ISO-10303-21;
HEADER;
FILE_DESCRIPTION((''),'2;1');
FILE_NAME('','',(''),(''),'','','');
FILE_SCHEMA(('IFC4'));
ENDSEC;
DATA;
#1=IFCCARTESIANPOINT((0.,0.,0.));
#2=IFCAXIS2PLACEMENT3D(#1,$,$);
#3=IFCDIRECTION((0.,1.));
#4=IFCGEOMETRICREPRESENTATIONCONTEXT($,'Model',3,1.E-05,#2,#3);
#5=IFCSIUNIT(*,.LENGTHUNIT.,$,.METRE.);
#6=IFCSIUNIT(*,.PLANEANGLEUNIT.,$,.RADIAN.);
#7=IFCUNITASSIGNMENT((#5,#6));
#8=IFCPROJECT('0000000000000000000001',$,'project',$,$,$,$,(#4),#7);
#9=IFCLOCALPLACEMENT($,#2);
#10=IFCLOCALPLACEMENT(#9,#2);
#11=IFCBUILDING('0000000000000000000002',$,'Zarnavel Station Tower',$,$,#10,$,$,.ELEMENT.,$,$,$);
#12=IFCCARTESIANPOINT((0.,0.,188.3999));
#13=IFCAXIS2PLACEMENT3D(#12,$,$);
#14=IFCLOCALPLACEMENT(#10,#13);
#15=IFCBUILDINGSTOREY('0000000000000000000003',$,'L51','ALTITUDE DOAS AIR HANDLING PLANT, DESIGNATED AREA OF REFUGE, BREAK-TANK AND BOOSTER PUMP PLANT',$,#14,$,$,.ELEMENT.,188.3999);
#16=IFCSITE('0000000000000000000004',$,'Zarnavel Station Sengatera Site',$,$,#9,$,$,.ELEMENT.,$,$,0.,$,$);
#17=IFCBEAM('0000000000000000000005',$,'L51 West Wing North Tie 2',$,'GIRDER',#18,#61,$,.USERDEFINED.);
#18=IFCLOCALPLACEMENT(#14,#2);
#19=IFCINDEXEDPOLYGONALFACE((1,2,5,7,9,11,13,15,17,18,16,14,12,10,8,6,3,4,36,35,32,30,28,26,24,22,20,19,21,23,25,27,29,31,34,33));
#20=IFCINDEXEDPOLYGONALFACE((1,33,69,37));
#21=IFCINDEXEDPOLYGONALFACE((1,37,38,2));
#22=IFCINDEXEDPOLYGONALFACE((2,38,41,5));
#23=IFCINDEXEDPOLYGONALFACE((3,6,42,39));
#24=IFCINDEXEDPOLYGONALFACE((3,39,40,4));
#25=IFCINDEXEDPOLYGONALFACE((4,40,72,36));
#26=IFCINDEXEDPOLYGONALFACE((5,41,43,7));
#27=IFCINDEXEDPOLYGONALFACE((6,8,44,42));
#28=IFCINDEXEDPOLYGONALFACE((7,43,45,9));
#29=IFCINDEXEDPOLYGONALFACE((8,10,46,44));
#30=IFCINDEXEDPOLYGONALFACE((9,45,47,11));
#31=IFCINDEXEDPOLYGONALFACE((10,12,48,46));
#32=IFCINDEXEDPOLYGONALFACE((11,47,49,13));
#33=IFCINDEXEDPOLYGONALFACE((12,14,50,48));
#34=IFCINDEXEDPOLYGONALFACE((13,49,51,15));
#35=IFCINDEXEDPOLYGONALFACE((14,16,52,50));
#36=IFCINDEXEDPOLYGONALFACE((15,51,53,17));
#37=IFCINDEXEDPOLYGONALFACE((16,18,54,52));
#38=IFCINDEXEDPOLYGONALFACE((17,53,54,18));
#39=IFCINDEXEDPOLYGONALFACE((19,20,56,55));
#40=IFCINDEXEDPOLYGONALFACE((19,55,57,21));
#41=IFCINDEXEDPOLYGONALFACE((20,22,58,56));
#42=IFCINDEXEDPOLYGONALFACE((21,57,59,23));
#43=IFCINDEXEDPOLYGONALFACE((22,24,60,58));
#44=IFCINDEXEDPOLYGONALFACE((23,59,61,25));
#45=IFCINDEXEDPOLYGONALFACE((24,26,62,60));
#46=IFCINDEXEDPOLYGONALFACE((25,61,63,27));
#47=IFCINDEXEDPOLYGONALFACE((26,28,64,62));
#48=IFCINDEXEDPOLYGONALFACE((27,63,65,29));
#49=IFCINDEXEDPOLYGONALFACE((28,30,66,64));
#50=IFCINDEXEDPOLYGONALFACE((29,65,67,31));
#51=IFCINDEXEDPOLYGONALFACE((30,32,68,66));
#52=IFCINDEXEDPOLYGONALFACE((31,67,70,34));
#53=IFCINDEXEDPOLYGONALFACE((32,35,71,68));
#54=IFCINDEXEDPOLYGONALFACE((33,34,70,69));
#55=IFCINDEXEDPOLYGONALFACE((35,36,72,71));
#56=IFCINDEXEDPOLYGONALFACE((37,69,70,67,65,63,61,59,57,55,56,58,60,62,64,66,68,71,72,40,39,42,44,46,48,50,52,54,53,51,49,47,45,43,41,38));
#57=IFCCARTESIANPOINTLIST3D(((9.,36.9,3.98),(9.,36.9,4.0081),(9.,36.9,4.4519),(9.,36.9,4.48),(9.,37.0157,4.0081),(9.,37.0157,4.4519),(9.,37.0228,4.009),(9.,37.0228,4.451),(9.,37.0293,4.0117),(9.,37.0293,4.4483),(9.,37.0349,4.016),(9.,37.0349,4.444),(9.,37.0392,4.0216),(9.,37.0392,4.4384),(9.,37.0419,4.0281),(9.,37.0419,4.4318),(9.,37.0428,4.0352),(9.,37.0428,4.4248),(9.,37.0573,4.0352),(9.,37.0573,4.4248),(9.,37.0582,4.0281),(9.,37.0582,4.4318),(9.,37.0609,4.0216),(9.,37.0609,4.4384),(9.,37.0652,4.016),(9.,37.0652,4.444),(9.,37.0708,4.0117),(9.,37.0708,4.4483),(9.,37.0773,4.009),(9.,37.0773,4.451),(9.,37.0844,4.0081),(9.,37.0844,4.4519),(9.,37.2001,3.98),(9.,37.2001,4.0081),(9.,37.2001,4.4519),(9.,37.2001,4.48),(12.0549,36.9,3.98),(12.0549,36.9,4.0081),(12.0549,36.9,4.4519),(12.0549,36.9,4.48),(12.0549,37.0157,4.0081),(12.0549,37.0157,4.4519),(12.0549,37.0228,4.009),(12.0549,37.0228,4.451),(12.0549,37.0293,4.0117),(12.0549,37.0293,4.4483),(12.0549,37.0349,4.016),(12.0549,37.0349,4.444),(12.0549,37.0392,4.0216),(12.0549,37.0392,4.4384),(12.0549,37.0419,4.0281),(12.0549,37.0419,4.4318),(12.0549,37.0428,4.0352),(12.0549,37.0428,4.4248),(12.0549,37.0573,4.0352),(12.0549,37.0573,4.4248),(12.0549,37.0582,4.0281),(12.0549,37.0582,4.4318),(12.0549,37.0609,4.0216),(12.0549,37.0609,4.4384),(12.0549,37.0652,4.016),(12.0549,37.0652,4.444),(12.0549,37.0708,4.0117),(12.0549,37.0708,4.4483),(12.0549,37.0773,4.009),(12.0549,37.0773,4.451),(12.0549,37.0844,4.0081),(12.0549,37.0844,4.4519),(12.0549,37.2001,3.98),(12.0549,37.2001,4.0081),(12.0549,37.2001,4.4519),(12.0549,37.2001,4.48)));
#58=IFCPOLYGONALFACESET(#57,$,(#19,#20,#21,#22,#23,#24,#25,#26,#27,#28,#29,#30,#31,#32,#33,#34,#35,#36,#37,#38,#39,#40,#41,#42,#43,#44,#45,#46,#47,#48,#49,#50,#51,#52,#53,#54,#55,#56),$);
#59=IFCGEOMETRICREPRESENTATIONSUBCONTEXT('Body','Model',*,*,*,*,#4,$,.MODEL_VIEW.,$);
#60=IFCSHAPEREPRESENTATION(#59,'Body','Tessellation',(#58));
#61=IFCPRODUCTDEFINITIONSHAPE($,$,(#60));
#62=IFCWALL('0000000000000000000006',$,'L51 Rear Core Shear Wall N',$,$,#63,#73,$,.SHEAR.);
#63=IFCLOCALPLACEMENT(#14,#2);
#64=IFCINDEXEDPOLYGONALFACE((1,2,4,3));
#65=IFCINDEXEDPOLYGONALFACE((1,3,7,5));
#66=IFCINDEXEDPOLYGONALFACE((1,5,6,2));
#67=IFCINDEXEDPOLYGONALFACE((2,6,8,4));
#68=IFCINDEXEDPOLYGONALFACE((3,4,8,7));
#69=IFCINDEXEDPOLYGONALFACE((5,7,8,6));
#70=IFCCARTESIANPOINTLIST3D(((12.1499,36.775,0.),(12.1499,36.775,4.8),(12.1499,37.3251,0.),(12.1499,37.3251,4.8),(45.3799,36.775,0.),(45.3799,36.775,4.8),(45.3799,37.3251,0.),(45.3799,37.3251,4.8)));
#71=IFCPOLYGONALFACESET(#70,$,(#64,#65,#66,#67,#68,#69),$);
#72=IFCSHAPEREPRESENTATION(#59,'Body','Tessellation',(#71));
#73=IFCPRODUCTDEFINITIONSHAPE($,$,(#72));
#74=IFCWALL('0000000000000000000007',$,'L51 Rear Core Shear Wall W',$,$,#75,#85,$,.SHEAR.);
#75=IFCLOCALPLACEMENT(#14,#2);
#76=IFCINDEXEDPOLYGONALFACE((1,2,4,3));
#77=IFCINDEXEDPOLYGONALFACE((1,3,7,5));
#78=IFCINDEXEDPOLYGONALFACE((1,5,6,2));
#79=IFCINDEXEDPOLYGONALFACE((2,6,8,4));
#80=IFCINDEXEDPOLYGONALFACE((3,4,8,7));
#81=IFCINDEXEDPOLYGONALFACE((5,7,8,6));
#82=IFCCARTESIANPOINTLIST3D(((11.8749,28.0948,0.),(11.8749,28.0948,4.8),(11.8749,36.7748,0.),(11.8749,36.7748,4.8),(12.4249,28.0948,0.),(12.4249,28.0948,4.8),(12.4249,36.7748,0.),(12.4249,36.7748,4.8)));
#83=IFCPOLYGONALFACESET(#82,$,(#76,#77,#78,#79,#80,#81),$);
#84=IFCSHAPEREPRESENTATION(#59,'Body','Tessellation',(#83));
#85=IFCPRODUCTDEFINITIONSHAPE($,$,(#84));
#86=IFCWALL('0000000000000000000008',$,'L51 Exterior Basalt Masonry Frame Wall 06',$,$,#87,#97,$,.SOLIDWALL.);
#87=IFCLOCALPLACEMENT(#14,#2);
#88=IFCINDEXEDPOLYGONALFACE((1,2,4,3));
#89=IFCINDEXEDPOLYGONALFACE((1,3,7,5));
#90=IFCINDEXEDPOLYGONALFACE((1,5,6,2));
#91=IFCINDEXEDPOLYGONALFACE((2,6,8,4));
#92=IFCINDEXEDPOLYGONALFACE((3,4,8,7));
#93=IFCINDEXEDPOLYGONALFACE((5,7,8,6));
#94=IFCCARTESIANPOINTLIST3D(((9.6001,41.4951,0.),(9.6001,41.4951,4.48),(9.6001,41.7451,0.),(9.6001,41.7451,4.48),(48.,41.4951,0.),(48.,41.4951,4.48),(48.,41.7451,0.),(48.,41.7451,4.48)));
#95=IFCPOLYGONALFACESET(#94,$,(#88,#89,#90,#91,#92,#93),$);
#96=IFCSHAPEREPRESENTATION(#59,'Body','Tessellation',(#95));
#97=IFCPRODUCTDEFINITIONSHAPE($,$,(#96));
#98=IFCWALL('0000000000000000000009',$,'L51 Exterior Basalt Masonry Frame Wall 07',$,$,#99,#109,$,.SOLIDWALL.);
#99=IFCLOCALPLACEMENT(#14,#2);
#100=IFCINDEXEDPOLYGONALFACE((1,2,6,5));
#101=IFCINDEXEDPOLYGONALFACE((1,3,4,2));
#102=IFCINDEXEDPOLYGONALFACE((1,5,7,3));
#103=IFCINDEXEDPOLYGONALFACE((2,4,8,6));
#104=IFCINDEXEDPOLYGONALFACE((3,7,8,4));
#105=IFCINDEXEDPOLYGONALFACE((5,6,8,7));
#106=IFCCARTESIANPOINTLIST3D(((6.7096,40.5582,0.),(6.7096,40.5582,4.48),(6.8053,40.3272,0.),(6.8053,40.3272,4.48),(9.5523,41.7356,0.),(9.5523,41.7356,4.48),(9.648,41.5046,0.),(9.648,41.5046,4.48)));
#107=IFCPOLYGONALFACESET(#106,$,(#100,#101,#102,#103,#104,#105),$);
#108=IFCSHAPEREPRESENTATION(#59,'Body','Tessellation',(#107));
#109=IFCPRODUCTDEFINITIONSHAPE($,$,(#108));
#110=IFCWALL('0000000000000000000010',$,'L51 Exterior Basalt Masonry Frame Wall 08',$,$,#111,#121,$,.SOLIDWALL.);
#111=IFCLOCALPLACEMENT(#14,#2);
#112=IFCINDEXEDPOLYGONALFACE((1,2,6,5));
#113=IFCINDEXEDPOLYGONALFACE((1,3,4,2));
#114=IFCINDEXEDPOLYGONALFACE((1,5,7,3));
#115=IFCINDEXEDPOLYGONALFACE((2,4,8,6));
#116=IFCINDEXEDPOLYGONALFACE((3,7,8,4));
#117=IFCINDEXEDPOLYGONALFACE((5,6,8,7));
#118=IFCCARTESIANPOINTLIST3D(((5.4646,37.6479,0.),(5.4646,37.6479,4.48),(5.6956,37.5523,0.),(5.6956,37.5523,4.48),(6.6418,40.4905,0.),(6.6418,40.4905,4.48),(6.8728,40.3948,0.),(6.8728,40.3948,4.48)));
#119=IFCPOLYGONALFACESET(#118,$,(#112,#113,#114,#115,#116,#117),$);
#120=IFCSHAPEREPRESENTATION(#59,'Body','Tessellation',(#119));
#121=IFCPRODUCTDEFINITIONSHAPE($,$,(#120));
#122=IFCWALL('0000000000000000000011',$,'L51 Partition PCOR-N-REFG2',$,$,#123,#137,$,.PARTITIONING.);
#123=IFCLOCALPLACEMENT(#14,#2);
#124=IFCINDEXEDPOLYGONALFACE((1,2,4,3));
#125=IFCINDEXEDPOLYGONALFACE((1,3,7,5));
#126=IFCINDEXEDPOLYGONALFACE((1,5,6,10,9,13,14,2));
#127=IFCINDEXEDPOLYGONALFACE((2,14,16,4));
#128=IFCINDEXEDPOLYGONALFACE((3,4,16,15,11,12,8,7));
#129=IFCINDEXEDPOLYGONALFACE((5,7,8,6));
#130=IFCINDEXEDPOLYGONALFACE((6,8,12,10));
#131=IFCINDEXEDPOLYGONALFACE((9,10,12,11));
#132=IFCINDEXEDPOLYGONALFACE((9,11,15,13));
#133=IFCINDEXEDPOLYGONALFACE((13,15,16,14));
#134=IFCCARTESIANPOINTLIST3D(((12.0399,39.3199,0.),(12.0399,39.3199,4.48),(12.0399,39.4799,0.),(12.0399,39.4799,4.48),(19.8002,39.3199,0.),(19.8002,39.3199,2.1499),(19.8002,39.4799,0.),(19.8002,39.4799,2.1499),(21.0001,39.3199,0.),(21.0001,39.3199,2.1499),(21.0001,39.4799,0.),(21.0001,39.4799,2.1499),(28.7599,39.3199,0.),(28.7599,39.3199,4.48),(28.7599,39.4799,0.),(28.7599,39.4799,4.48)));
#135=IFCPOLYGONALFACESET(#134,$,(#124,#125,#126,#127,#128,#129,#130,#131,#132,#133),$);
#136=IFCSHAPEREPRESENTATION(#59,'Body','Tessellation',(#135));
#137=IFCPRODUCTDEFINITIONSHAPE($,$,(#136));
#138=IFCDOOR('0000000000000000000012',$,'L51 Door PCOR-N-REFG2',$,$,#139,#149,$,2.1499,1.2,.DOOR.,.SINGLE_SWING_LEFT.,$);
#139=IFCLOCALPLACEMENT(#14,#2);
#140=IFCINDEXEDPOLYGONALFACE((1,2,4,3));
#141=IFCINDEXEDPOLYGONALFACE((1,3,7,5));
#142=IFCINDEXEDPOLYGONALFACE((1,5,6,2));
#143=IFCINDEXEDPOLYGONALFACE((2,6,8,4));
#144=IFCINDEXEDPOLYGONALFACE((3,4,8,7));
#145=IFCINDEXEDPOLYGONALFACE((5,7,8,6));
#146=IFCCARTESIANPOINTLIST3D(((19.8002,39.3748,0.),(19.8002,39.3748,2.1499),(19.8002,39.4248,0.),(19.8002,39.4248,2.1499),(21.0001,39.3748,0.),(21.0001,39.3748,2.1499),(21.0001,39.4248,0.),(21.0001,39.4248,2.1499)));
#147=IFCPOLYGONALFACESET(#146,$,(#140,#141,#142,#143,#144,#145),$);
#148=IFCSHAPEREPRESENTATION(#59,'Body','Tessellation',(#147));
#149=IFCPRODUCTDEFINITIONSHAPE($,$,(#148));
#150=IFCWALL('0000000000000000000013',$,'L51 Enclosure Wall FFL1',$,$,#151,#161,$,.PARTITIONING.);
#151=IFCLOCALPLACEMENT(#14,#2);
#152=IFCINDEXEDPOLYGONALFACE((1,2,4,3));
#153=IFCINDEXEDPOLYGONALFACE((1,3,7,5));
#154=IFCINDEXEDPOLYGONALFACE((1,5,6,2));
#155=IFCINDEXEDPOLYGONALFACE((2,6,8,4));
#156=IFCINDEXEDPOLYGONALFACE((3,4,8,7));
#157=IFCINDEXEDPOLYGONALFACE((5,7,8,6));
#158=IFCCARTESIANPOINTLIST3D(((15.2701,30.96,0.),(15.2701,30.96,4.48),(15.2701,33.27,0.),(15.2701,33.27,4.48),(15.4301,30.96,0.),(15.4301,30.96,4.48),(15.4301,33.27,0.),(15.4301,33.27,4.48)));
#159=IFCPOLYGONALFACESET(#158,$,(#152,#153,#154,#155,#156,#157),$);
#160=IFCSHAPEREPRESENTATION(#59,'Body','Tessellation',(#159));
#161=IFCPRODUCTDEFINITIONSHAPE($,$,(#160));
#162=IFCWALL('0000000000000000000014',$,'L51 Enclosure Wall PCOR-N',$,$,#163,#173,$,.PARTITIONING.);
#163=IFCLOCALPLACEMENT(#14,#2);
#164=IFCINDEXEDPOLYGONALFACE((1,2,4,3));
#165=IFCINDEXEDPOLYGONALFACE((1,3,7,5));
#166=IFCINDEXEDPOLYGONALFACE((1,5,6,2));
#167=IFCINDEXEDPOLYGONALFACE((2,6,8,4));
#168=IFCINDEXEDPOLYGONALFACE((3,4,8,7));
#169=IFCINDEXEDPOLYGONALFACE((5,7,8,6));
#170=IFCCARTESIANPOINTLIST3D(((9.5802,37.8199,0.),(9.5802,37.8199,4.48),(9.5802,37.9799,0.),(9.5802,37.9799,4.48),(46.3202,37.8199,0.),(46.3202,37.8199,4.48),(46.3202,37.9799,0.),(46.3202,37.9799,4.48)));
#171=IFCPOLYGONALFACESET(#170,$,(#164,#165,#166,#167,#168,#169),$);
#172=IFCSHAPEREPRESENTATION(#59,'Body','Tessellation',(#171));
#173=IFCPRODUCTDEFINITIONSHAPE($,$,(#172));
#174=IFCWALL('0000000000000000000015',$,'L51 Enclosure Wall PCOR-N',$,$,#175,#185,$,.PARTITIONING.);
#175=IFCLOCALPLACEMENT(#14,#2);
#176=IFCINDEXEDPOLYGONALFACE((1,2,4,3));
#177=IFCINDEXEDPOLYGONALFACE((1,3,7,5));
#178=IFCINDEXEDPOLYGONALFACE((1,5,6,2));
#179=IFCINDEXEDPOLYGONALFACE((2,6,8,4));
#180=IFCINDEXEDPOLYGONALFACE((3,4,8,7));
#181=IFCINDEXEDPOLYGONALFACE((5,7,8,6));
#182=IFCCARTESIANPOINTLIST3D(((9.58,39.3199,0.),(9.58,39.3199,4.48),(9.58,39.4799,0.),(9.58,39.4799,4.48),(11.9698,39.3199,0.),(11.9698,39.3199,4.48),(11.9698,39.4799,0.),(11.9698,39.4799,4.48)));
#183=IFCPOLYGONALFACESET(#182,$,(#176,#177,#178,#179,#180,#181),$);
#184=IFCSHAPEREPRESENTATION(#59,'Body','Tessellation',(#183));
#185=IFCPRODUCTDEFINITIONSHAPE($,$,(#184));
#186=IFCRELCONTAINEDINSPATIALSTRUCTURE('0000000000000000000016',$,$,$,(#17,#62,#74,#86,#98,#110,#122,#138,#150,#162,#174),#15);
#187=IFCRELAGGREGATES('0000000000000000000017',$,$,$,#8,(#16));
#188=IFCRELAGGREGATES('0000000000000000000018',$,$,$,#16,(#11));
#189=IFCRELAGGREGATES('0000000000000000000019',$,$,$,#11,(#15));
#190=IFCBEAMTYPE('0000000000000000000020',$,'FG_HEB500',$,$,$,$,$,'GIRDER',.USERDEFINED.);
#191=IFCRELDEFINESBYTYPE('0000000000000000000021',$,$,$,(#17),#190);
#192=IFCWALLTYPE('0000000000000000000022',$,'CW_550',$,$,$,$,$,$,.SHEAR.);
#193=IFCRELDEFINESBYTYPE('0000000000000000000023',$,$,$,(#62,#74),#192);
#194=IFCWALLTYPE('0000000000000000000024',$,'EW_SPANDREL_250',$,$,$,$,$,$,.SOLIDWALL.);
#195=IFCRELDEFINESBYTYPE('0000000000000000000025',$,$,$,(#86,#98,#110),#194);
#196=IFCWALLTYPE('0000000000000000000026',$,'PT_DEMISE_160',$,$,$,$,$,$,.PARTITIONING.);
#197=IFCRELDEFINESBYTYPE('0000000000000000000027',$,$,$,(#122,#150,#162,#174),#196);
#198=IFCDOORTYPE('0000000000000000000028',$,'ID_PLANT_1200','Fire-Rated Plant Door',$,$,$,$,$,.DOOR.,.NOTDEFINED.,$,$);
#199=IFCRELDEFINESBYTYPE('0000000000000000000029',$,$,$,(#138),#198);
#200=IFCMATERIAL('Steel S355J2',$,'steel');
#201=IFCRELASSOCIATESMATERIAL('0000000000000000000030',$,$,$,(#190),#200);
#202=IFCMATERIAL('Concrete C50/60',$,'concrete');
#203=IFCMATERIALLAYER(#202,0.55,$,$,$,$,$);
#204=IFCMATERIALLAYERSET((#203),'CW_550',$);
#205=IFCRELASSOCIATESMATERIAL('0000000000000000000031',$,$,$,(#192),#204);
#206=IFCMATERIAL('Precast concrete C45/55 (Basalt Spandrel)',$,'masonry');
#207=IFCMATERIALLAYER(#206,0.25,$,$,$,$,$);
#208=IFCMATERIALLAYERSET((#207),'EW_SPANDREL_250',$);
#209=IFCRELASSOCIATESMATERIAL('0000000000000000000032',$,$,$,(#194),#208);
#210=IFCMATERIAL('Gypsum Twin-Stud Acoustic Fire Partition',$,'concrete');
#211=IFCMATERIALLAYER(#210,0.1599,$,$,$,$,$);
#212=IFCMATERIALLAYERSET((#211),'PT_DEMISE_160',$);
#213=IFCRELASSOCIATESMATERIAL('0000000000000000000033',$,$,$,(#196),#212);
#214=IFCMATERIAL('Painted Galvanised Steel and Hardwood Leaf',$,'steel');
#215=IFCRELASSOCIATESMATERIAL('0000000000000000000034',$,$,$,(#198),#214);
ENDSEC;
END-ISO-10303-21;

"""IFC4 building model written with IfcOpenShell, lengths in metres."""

from ifc_helpers import new_model, si_unit, direction, frame, frame_2d, origin, origin_2d, place, context, subcontext, project, spatial, rectangle, i_section, extrude, material, layer, layer_set, material_profile, profile_set, type_object, element, fill, save


model = new_model("IFC4")

# Units and contexts
model_context = context("Model", 3, precision=1e-05, world=origin(), true_north=direction((0.0, 1.0)))
body_context = subcontext(model_context, "Body", "Model", "MODEL_VIEW")
ifc_project = project(units=[si_unit("LENGTHUNIT", "METRE"), si_unit("PLANEANGLEUNIT", "RADIAN")], contexts=[model_context])

# Site, building, storey
site_placement = place(None, origin())
site = spatial("IfcSite", under=ifc_project, at=site_placement, Name="Zarnavel Station Sengatera Site", CompositionType="ELEMENT", RefElevation=0.0)
building_placement = place(site_placement, origin())
building = spatial("IfcBuilding", under=site, at=building_placement, Name="Zarnavel Station Tower", CompositionType="ELEMENT")
storey_placement = place(building_placement, frame((0.0, 0.0, 188.3999)))
storey = spatial("IfcBuildingStorey", under=building, at=storey_placement, Name="L51", Description="ALTITUDE DOAS AIR HANDLING PLANT, DESIGNATED AREA OF REFUGE, BREAK-TANK AND BOOSTER PUMP PLANT", CompositionType="ELEMENT", Elevation=188.3999)

# Beam
ifc_material_1 = material(Name="Steel S355J2", Category="steel")
ifc_material_profile_1 = material_profile(ifc_material_1, i_section(OverallWidth=0.3, OverallDepth=0.5, WebThickness=0.0144, FlangeThickness=0.0281, FilletRadius=0.0271, at=origin_2d()), Name="HEB500")
ifc_profile_set_1 = profile_set([ifc_material_profile_1], Name="Steel S355J2")
beam_type = type_object("IfcBeamType", Name="FG_HEB500", ElementType="GIRDER", PredefinedType="USERDEFINED", material=ifc_profile_set_1)
beam_1_placement = place(storey_placement, frame((9.0, 37.05, 4.23), z_axis=(1.0, 0.0, 0.0), x_axis=(0.0, 1.0, 0.0)))
element("IfcBeam", 1, at=beam_1_placement, inside=storey, type_object=beam_type, Name="L51 West Wing North Tie 2", ObjectType="GIRDER", PredefinedType="USERDEFINED", context=body_context, shape_type="SweptSolid", body=[
    extrude(i_section(OverallWidth=0.3, OverallDepth=0.5, WebThickness=0.0144, FlangeThickness=0.0281, FilletRadius=0.0271, at=origin_2d()), origin(), (0.0, 0.0, 1.0), 3.0549),
])

# Walls
ifc_material_2 = material(Name="Concrete C50/60", Category="concrete")
ifc_layer_1 = layer(ifc_material_2, 0.55)
ifc_layer_set_1 = layer_set([ifc_layer_1], Name="CW_550")
wall_type_1 = type_object("IfcWallType", Name="CW_550", PredefinedType="SHEAR", material=ifc_layer_set_1)
wall_1_placement = place(storey_placement, frame((12.1499, 37.05, 0.0), z_axis=(0.0, 0.0, 1.0), x_axis=(1.0, 0.0, 0.0)))
element("IfcWall", 2, at=wall_1_placement, inside=storey, type_object=wall_type_1, Name="L51 Rear Core Shear Wall N", PredefinedType="SHEAR", context=body_context, shape_type="SweptSolid", body=[
    extrude(rectangle(XDim=33.23, YDim=0.55, at=frame_2d((16.615, 0.0))), origin(), (0.0, 0.0, 1.0), 4.8),
])
wall_2_placement = place(storey_placement, frame((12.1499, 28.095, 0.0), z_axis=(0.0, 0.0, 1.0), x_axis=(0.0, 1.0, 0.0)))
element("IfcWall", 3, at=wall_2_placement, inside=storey, type_object=wall_type_1, Name="L51 Rear Core Shear Wall W", PredefinedType="SHEAR", context=body_context, shape_type="SweptSolid", body=[
    extrude(rectangle(XDim=8.6799, YDim=0.55, at=frame_2d((4.3398, 0.0))), origin(), (0.0, 0.0, 1.0), 4.8),
])
ifc_material_3 = material(Name="Precast concrete C45/55 (Basalt Spandrel)", Category="masonry")
ifc_layer_2 = layer(ifc_material_3, 0.25)
ifc_layer_set_2 = layer_set([ifc_layer_2], Name="EW_SPANDREL_250")
wall_type_2 = type_object("IfcWallType", Name="EW_SPANDREL_250", PredefinedType="SOLIDWALL", material=ifc_layer_set_2)
wall_3_placement = place(storey_placement, frame((9.6001, 41.6201, 0.0), z_axis=(0.0, 0.0, 1.0), x_axis=(1.0, 0.0, 0.0)))
element("IfcWall", 4, at=wall_3_placement, inside=storey, type_object=wall_type_2, Name="L51 Exterior Basalt Masonry Frame Wall 06", PredefinedType="SOLIDWALL", context=body_context, shape_type="SweptSolid", body=[
    extrude(rectangle(XDim=38.3999, YDim=0.25, at=frame_2d((19.2, 0.0))), origin(), (0.0, 0.0, 1.0), 4.48),
])
wall_4_placement = place(storey_placement, frame((6.7573, 40.4426, 0.0), z_axis=(0.0, 0.0, 1.0), x_axis=(0.923882, 0.382676, 0.0)))
element("IfcWall", 5, at=wall_4_placement, inside=storey, type_object=wall_type_2, Name="L51 Exterior Basalt Masonry Frame Wall 07", PredefinedType="SOLIDWALL", context=body_context, shape_type="SweptSolid", body=[
    extrude(rectangle(XDim=3.0769, YDim=0.25, at=frame_2d((1.5386, 0.0))), origin(), (0.0, 0.0, 1.0), 4.48),
])
wall_5_placement = place(storey_placement, frame((5.5801, 37.6001, 0.0), z_axis=(0.0, 0.0, 1.0), x_axis=(0.382637, 0.923899, 0.0)))
element("IfcWall", 6, at=wall_5_placement, inside=storey, type_object=wall_type_2, Name="L51 Exterior Basalt Masonry Frame Wall 08", PredefinedType="SOLIDWALL", context=body_context, shape_type="SweptSolid", body=[
    extrude(rectangle(XDim=3.0767, YDim=0.25, at=frame_2d((1.5383, 0.0))), origin(), (0.0, 0.0, 1.0), 4.48),
])

# Wall, opening, door
ifc_material_4 = material(Name="Gypsum Twin-Stud Acoustic Fire Partition", Category="concrete")
ifc_layer_3 = layer(ifc_material_4, 0.1599)
ifc_layer_set_3 = layer_set([ifc_layer_3], Name="PT_DEMISE_160")
wall_type_3 = type_object("IfcWallType", Name="PT_DEMISE_160", PredefinedType="PARTITIONING", material=ifc_layer_set_3)
wall_6_placement = place(storey_placement, frame((12.04, 39.3999, 0.0), z_axis=(0.0, 0.0, 1.0), x_axis=(1.0, 0.0, 0.0)))
wall_6 = element("IfcWall", 7, at=wall_6_placement, inside=storey, type_object=wall_type_3, Name="L51 Partition PCOR-N-REFG2", PredefinedType="PARTITIONING", context=body_context, shape_type="SweptSolid", body=[
    extrude(rectangle(XDim=16.72, YDim=0.1599, at=frame_2d((8.3599, 0.0))), origin(), (0.0, 0.0, 1.0), 4.48),
])
opening_1_placement = place(wall_6_placement, frame((7.76, 0.0, 0.0)))
opening_1 = element("IfcOpeningElement", 8, at=opening_1_placement, cuts=wall_6, PredefinedType="OPENING", context=body_context, shape_type="SweptSolid", body=[
    extrude(rectangle(XDim=1.2, YDim=2.1499, at=frame_2d((0.6001, 1.075))), frame((0.0, 0.0898, 0.0), z_axis=(0.0, -1.0, 0.0), x_axis=(1.0, 0.0, 0.0)), (0.0, 0.0, 1.0), 0.1799),
])
ifc_material_5 = material(Name="Painted Galvanised Steel and Hardwood Leaf", Category="steel")
door_type_1 = type_object("IfcDoorType", Name="ID_PLANT_1200", Description="Fire-Rated Plant Door", OperationType="NOTDEFINED", PredefinedType="DOOR", material=ifc_material_5)
door_1_placement = place(opening_1_placement, origin())
door_1 = element("IfcDoor", 9, at=door_1_placement, inside=storey, type_object=door_type_1, Name="L51 Door PCOR-N-REFG2", OperationType="SINGLE_SWING_LEFT", OverallHeight=2.1499, OverallWidth=1.2, PredefinedType="DOOR", context=body_context, shape_type="SweptSolid", body=[
    extrude(rectangle(XDim=1.2, YDim=2.1499, at=frame_2d((0.6001, 1.075))), frame((0.0, 0.0249, 0.0), z_axis=(0.0, -1.0, 0.0), x_axis=(1.0, 0.0, 0.0)), (0.0, 0.0, 1.0), 0.05),
])
fill(opening_1, door_1)

# Walls
wall_7_placement = place(storey_placement, frame((15.3501, 30.96, 0.0), z_axis=(0.0, 0.0, 1.0), x_axis=(0.0, 1.0, 0.0)))
element("IfcWall", 10, at=wall_7_placement, inside=storey, type_object=wall_type_3, Name="L51 Enclosure Wall FFL1", PredefinedType="PARTITIONING", context=body_context, shape_type="SweptSolid", body=[
    extrude(rectangle(XDim=2.3101, YDim=0.1599, at=frame_2d((1.155, 0.0))), origin(), (0.0, 0.0, 1.0), 4.48),
])
wall_8_placement = place(storey_placement, frame((9.5801, 37.8999, 0.0), z_axis=(0.0, 0.0, 1.0), x_axis=(1.0, 0.0, 0.0)))
element("IfcWall", 11, at=wall_8_placement, inside=storey, type_object=wall_type_3, Name="L51 Enclosure Wall PCOR-N", PredefinedType="PARTITIONING", context=body_context, shape_type="SweptSolid", body=[
    extrude(rectangle(XDim=36.74, YDim=0.1599, at=frame_2d((18.3701, 0.0))), origin(), (0.0, 0.0, 1.0), 4.48),
])
wall_9_placement = place(storey_placement, frame((9.5801, 39.3999, 0.0), z_axis=(0.0, 0.0, 1.0), x_axis=(1.0, 0.0, 0.0)))
element("IfcWall", 12, at=wall_9_placement, inside=storey, type_object=wall_type_3, Name="L51 Enclosure Wall PCOR-N", PredefinedType="PARTITIONING", context=body_context, shape_type="SweptSolid", body=[
    extrude(rectangle(XDim=2.3899, YDim=0.1599, at=frame_2d((1.1948, 0.0))), origin(), (0.0, 0.0, 1.0), 4.48),
])

save(model, "model.ifc")
